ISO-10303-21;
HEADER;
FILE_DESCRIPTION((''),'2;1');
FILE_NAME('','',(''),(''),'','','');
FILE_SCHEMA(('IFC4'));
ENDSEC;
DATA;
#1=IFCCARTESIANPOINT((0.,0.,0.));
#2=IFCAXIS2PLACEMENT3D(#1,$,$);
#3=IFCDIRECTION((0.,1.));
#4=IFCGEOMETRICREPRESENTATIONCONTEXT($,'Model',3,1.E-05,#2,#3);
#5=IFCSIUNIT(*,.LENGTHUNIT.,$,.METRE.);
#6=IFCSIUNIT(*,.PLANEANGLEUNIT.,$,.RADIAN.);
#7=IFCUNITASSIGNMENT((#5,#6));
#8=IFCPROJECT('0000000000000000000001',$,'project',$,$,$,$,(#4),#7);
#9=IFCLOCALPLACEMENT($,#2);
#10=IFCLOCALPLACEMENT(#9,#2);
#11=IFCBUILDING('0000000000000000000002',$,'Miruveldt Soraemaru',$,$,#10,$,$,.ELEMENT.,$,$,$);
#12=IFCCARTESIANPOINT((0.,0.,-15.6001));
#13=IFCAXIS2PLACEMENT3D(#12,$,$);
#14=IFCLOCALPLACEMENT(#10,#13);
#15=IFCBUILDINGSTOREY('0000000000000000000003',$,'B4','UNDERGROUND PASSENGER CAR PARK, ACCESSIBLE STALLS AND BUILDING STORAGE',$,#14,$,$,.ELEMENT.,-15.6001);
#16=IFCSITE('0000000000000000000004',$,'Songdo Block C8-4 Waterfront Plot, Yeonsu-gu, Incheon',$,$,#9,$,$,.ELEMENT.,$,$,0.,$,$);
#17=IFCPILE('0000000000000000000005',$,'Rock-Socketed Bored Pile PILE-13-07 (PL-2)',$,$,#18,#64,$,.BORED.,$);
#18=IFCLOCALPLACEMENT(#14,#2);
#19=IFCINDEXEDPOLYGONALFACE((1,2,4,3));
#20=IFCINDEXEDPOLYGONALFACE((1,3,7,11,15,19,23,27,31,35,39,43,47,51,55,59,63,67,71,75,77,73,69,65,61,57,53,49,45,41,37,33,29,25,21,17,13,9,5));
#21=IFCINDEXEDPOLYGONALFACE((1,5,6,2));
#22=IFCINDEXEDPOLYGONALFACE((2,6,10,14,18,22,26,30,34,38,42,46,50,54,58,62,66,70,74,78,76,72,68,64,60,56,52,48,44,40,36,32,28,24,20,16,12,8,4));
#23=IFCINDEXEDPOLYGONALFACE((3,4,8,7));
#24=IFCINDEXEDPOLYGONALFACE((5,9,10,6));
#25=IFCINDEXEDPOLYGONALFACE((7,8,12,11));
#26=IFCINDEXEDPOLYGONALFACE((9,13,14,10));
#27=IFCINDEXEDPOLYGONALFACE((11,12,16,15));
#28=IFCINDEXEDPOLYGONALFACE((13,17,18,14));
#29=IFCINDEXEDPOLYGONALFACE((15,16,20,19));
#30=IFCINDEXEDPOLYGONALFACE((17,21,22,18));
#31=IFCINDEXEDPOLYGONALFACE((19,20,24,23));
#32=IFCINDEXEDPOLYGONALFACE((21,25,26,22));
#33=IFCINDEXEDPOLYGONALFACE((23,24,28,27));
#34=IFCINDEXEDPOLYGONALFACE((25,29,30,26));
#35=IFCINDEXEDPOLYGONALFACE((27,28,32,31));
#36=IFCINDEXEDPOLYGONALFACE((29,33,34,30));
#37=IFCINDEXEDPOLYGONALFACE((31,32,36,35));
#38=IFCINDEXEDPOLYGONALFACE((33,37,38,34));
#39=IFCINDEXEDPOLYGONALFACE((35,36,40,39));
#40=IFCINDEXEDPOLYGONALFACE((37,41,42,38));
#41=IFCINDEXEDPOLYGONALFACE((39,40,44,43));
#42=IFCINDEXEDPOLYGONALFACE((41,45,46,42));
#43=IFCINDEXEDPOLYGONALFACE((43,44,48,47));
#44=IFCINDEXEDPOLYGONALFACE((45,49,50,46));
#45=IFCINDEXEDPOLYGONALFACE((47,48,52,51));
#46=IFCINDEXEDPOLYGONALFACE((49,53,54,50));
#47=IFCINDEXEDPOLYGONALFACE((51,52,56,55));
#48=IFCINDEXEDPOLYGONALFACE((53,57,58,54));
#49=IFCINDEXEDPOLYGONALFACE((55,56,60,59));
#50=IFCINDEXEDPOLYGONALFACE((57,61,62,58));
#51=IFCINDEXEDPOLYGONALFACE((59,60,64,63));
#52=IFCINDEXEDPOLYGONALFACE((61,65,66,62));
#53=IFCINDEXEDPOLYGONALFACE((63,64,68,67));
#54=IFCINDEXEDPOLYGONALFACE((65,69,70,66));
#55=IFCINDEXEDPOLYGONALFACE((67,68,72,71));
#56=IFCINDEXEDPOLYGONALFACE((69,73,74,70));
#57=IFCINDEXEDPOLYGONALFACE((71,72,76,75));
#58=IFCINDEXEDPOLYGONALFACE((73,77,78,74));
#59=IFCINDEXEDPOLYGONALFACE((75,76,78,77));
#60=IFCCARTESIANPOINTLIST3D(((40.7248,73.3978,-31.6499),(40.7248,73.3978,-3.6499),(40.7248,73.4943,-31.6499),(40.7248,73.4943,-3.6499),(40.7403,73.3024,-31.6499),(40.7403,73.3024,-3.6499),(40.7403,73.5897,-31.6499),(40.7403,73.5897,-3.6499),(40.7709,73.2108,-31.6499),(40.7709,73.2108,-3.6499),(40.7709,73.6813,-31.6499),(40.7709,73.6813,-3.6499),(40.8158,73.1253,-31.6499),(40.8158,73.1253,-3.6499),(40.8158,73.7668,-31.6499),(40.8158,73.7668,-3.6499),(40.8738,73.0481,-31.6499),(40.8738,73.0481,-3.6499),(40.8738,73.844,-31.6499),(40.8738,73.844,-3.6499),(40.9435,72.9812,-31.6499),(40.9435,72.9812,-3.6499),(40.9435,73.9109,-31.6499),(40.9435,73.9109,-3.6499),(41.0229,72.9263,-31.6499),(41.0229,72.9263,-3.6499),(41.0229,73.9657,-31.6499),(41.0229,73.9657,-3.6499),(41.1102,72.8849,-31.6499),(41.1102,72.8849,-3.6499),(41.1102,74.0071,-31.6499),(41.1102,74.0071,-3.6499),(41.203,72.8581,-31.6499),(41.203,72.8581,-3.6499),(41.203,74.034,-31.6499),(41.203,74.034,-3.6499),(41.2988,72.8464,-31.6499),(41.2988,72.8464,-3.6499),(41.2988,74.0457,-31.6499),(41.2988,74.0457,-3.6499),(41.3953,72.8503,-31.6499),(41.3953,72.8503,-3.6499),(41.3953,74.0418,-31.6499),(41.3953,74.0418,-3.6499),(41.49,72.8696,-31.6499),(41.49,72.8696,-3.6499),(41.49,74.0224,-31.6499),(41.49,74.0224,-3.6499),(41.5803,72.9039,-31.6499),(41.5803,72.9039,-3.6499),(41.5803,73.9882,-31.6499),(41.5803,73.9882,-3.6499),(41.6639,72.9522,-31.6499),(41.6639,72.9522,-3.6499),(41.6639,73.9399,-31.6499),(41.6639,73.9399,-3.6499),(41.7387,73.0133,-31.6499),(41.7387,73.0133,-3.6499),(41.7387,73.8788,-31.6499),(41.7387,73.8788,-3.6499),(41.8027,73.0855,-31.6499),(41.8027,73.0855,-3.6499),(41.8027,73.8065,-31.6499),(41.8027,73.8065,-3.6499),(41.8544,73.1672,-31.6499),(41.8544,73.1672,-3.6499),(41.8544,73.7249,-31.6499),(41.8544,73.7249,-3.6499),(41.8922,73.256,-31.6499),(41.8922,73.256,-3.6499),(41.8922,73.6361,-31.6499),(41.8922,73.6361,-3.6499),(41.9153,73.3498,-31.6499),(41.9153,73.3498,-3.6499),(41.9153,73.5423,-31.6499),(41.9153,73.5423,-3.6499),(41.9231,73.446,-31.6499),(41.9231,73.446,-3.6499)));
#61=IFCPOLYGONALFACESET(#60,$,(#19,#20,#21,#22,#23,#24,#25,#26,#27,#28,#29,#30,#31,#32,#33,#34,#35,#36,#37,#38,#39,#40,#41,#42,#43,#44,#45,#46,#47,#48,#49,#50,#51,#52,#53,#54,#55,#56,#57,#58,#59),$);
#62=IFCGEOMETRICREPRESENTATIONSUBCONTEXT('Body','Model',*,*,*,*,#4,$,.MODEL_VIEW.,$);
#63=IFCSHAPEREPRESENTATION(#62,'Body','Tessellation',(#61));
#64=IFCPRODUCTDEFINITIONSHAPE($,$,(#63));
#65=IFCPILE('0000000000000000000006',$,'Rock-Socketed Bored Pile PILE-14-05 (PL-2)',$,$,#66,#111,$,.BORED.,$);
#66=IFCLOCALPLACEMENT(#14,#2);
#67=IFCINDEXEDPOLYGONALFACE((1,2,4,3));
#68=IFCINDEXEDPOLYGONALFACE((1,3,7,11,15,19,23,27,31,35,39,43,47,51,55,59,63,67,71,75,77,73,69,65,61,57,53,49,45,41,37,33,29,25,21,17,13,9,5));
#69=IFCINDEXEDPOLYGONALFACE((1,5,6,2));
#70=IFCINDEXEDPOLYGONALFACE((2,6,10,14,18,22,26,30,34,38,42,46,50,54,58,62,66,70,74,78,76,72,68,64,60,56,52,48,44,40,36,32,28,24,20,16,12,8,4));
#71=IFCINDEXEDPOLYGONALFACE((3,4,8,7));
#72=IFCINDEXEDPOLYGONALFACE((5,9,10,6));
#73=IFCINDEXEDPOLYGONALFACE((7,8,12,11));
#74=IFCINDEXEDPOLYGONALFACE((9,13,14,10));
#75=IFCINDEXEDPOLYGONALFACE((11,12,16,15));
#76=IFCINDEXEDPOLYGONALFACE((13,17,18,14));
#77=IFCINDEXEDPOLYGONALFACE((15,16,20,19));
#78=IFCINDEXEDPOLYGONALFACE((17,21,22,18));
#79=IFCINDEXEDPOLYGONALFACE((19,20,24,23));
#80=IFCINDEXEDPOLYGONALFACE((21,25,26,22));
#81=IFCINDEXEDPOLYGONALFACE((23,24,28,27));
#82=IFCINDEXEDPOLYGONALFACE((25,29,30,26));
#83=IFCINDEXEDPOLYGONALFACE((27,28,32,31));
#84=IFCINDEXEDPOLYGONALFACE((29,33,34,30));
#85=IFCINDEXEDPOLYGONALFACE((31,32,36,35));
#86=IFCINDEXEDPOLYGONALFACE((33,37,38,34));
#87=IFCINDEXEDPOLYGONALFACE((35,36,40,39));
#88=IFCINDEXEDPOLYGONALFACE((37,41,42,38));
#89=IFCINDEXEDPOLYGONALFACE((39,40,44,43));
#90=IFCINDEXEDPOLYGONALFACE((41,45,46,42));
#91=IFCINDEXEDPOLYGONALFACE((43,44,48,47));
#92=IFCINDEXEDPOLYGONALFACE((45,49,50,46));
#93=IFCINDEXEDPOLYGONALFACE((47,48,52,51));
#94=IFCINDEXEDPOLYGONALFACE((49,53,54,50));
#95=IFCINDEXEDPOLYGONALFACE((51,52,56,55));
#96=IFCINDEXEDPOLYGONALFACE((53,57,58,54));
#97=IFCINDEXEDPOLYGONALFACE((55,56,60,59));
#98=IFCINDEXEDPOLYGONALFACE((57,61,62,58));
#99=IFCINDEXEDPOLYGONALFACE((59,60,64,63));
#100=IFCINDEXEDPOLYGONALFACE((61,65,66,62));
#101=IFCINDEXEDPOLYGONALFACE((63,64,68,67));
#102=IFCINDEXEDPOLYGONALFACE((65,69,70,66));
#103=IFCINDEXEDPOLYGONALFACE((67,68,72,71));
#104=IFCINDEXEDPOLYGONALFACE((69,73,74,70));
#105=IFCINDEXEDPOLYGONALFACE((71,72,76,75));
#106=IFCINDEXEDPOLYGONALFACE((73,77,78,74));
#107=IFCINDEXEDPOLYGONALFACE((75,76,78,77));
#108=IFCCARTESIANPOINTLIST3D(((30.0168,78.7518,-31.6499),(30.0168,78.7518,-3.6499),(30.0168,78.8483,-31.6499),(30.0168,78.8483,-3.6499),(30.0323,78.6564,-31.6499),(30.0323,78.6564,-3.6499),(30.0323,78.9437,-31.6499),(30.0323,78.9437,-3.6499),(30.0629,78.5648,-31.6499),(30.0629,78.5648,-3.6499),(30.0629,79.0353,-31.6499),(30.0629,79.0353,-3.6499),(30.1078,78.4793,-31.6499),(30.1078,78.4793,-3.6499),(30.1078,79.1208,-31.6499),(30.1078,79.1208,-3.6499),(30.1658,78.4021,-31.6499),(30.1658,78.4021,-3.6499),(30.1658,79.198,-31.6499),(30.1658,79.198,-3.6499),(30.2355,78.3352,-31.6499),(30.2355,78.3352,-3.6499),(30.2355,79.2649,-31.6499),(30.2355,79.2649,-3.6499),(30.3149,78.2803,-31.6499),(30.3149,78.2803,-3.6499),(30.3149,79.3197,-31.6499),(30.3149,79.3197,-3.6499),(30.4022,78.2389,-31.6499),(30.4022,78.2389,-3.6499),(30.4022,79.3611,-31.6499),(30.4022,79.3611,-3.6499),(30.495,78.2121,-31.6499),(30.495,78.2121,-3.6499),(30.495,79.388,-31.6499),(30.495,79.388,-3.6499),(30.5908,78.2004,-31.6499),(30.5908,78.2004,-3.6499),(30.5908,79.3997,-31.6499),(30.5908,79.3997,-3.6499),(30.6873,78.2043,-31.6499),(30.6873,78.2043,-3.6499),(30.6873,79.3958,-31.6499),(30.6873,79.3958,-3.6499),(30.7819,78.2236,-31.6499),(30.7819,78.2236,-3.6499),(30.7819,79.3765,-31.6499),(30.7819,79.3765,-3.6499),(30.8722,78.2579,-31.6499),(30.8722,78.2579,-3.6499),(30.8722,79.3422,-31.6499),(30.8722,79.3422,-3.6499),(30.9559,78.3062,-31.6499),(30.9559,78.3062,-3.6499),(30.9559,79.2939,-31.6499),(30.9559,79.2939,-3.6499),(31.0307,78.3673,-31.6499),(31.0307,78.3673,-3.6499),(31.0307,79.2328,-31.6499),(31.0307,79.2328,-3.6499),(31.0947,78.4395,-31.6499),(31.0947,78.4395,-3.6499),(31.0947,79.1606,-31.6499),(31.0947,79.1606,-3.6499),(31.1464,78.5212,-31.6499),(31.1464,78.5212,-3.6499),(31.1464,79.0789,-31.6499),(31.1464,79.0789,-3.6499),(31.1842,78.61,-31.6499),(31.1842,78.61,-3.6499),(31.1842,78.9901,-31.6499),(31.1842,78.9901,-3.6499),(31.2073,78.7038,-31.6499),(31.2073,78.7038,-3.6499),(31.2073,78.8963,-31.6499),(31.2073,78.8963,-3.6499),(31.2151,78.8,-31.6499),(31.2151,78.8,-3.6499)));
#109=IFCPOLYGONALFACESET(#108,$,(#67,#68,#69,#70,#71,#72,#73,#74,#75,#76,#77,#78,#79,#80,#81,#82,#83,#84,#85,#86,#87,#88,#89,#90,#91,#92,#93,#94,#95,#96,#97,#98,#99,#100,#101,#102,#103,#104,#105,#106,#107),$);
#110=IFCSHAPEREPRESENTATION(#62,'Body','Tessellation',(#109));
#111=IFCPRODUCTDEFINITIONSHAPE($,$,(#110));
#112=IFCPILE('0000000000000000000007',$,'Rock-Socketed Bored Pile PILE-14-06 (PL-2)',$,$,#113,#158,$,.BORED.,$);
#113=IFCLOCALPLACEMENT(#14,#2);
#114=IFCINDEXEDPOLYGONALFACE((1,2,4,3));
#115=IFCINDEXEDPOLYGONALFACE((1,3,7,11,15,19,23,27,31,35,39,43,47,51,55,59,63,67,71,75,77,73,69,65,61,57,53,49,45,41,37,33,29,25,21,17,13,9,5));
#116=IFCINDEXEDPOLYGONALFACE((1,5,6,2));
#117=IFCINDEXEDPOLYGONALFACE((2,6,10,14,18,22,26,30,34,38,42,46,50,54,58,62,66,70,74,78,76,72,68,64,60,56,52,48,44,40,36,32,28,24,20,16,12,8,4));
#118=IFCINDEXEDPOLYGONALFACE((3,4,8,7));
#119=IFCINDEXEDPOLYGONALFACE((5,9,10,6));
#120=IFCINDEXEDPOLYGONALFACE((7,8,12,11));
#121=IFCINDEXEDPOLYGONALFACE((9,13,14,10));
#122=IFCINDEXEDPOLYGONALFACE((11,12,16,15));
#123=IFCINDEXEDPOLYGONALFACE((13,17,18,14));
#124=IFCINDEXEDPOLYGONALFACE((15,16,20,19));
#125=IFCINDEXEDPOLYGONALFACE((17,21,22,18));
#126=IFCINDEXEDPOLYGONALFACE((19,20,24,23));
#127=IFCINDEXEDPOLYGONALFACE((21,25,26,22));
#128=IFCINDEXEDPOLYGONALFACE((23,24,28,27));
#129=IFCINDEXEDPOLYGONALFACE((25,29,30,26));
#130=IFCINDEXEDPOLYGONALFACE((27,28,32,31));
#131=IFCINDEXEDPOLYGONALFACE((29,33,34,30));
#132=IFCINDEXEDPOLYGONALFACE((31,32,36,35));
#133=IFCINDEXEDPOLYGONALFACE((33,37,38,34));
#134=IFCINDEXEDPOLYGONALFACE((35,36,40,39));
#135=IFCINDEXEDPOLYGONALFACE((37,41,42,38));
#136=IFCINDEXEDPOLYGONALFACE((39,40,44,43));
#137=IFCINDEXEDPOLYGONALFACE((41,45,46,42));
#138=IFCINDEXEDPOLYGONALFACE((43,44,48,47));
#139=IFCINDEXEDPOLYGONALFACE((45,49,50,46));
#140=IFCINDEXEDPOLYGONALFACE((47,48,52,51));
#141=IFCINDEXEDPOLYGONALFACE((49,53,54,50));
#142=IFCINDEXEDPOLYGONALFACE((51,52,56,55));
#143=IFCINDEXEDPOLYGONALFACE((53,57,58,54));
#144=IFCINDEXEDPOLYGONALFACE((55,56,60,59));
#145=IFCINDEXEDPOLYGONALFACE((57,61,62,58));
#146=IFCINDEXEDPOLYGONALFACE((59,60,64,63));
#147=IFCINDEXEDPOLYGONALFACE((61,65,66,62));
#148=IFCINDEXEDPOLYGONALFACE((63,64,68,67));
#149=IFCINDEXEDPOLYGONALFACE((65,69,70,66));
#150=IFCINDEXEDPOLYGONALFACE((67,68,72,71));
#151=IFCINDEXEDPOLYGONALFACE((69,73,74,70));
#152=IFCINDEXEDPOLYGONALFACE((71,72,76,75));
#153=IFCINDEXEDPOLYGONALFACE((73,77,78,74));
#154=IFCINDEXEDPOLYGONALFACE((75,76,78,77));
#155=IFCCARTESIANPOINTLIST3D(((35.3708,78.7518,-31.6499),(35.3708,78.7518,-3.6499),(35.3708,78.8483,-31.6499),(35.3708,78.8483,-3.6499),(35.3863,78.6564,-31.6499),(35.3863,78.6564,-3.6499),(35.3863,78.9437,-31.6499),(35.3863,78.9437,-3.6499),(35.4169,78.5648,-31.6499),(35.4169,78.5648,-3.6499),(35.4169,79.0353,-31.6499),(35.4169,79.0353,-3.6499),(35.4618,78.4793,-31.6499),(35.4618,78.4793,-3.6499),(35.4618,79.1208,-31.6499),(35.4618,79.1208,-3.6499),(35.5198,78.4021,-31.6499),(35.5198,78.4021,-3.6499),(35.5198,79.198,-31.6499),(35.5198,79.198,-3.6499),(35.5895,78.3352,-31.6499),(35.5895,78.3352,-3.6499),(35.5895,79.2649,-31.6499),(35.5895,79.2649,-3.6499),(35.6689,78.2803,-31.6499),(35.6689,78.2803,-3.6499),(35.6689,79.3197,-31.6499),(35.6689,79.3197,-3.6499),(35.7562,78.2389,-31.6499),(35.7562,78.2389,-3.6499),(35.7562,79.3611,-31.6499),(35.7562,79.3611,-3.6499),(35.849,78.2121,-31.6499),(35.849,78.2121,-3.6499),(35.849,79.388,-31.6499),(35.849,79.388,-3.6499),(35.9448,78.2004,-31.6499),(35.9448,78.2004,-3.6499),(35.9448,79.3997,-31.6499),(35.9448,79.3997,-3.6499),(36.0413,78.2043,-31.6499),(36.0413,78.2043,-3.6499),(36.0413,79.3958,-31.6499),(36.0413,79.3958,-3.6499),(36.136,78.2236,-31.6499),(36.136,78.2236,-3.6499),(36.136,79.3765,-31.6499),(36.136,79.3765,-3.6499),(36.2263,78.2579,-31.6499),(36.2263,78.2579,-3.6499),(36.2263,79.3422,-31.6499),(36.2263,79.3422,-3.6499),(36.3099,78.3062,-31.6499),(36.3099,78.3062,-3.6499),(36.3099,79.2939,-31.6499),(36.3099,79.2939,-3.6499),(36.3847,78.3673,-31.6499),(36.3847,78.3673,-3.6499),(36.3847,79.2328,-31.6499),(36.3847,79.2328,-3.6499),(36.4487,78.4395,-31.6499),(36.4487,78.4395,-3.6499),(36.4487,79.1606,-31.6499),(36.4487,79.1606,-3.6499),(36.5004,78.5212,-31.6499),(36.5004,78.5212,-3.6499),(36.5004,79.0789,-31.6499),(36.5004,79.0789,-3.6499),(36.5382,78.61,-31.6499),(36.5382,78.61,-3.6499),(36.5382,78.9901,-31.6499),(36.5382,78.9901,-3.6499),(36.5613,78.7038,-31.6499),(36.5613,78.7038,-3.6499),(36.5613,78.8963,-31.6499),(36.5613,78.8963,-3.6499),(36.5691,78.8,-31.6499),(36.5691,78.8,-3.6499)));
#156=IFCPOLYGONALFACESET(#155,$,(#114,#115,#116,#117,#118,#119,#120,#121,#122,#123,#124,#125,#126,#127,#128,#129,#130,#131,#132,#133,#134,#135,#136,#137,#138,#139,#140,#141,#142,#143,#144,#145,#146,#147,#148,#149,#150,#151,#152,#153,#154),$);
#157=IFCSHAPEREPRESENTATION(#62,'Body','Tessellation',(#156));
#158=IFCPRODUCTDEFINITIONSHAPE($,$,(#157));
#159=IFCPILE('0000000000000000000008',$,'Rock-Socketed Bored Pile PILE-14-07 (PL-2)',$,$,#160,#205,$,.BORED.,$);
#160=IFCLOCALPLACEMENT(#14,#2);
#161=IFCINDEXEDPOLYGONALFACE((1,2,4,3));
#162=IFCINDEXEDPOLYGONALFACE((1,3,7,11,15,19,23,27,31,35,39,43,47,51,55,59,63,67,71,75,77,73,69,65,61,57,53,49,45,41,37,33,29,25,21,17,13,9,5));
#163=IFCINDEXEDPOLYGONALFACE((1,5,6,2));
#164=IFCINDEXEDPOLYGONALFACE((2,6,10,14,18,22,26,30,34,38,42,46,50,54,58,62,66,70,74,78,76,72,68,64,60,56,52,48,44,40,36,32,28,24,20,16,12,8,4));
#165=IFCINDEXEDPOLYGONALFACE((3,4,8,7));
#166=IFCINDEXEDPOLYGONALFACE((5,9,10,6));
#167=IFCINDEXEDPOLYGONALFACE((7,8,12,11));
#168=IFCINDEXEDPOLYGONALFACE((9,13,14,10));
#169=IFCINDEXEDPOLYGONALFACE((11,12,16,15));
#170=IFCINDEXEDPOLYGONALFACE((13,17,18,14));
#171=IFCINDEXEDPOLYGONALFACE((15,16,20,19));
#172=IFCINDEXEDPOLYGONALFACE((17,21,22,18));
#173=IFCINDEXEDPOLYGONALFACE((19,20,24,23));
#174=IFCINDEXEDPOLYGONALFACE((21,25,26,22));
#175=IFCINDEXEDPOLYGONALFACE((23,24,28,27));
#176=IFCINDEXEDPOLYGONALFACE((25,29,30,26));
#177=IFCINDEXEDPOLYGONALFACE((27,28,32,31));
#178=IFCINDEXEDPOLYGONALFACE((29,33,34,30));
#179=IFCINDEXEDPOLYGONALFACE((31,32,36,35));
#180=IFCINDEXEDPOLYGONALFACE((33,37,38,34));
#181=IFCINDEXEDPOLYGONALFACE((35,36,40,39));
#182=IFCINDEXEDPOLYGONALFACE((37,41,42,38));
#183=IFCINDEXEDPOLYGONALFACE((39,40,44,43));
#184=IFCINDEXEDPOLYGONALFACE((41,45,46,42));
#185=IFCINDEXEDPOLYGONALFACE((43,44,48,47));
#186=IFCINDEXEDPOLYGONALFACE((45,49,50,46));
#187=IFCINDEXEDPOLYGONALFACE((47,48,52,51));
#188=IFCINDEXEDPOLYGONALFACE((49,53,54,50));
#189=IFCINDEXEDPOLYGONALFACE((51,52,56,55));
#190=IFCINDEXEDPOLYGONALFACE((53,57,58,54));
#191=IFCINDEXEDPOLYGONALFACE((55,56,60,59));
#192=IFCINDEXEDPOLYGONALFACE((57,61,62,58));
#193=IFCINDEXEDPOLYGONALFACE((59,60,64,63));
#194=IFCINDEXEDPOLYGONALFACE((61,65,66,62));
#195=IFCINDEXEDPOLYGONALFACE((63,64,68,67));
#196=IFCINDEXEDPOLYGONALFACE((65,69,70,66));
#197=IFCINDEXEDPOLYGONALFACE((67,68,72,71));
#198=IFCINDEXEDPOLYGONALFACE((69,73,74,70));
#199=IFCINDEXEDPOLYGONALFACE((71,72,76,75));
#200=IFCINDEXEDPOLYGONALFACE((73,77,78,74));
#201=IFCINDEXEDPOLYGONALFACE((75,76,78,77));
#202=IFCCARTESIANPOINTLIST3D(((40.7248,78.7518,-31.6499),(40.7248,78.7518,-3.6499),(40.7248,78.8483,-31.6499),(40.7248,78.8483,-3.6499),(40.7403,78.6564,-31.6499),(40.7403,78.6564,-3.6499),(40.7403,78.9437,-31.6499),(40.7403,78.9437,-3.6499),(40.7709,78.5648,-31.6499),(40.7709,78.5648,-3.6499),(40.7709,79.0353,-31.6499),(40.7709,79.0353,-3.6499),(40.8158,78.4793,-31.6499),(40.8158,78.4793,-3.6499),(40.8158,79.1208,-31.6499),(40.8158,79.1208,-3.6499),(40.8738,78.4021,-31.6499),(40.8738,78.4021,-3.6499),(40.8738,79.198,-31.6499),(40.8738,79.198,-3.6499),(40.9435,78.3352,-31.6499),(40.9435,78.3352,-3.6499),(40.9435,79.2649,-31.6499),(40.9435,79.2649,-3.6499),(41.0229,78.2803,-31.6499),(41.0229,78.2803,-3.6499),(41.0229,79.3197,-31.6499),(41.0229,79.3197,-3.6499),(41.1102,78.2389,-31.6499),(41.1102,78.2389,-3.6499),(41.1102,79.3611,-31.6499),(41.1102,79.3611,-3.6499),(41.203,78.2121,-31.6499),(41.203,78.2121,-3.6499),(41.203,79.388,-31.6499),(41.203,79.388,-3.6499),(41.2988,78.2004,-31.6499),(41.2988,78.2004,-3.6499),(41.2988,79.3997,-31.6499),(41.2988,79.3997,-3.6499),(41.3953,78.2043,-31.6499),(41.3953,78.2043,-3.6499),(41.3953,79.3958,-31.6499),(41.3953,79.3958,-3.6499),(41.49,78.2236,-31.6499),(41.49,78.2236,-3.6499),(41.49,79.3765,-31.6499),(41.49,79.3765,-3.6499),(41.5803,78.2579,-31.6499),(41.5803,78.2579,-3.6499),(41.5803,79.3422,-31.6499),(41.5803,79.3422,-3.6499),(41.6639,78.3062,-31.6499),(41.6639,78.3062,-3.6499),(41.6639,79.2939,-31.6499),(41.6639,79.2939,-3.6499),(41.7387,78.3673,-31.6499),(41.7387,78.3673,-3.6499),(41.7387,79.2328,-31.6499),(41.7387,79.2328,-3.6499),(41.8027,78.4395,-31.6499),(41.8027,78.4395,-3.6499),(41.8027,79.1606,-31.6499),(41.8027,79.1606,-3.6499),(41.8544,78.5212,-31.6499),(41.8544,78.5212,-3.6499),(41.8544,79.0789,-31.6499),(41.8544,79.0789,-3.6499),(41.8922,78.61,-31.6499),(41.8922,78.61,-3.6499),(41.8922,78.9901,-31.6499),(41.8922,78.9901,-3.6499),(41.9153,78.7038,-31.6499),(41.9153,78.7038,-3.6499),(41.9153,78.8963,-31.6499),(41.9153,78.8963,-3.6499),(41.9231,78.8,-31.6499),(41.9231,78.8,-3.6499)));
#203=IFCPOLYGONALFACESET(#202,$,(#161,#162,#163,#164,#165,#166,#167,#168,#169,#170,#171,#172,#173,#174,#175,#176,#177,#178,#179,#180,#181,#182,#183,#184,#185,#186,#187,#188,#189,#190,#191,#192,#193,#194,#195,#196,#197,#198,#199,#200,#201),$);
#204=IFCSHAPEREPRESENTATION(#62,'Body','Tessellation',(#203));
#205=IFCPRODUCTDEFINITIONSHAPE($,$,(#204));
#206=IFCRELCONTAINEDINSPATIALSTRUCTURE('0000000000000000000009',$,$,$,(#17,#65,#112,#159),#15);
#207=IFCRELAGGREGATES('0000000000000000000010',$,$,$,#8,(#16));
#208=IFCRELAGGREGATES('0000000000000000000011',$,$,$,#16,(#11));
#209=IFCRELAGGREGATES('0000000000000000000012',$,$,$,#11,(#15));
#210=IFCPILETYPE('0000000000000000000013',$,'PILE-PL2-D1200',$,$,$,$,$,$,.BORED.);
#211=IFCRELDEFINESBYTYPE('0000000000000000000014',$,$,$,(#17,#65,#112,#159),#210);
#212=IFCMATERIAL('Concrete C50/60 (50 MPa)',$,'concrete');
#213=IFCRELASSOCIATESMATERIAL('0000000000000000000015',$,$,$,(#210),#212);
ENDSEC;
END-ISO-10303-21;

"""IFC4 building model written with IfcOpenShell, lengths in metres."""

from ifc_helpers import new_model, si_unit, direction, frame, origin, origin_2d, place, context, subcontext, project, spatial, circle, extrude, material, material_profile, profile_set, type_object, element, save


model = new_model("IFC4")

# Units and contexts
model_context = context("Model", 3, precision=1e-05, world=origin(), true_north=direction((0.0, 1.0)))
body_context = subcontext(model_context, "Body", "Model", "MODEL_VIEW")
ifc_project = project(units=[si_unit("LENGTHUNIT", "METRE"), si_unit("PLANEANGLEUNIT", "RADIAN")], contexts=[model_context])

# Site, building, storey
site_placement = place(None, origin())
site = spatial("IfcSite", under=ifc_project, at=site_placement, Name="Songdo Block C8-4 Waterfront Plot, Yeonsu-gu, Incheon", CompositionType="ELEMENT", RefElevation=0.0)
building_placement = place(site_placement, origin())
building = spatial("IfcBuilding", under=site, at=building_placement, Name="Miruveldt Soraemaru", CompositionType="ELEMENT")
storey_placement = place(building_placement, frame((0.0, 0.0, -15.6001)))
storey = spatial("IfcBuildingStorey", under=building, at=storey_placement, Name="B4", Description="UNDERGROUND PASSENGER CAR PARK, ACCESSIBLE STALLS AND BUILDING STORAGE", CompositionType="ELEMENT", Elevation=-15.6001)

# Piles
ifc_material_1 = material(Name="Concrete C50/60 (50 MPa)", Category="concrete")
ifc_material_profile_1 = material_profile(ifc_material_1, circle(Radius=0.6001, at=origin_2d()), Name="Concrete C50/60 (50 MPa)", Category="concrete")
ifc_profile_set_1 = profile_set([ifc_material_profile_1], Name="Concrete C50/60 (50 MPa)")
pile_type_1 = type_object("IfcPileType", Name="PILE-PL2-D1200", PredefinedType="BORED", material=ifc_profile_set_1)
for number, where, z_axis, x_axis, name in (
    (1, (41.323, 73.446, -3.6499), (0.0, 0.0, -1.0), (1.0, 0.0, 0.0), "Rock-Socketed Bored Pile PILE-13-07 (PL-2)"),
    (2, (30.615, 78.8, -3.6499), (0.0, 0.0, -1.0), (1.0, 0.0, 0.0), "Rock-Socketed Bored Pile PILE-14-05 (PL-2)"),
    (3, (35.969, 78.8, -3.6499), (0.0, 0.0, -1.0), (1.0, 0.0, 0.0), "Rock-Socketed Bored Pile PILE-14-06 (PL-2)"),
    (4, (41.323, 78.8, -3.6499), (0.0, 0.0, -1.0), (1.0, 0.0, 0.0), "Rock-Socketed Bored Pile PILE-14-07 (PL-2)"),
):
    element("IfcPile", number, at=place(storey_placement, frame(where, z_axis=z_axis, x_axis=x_axis)), inside=storey, type_object=pile_type_1, Name=name, PredefinedType="BORED", context=body_context, shape_type="SweptSolid", body=[
        extrude(circle(Radius=0.6001, at=origin_2d()), origin(), (0.0, 0.0, 1.0), 28.0),
    ])

save(model, "model.ifc")
